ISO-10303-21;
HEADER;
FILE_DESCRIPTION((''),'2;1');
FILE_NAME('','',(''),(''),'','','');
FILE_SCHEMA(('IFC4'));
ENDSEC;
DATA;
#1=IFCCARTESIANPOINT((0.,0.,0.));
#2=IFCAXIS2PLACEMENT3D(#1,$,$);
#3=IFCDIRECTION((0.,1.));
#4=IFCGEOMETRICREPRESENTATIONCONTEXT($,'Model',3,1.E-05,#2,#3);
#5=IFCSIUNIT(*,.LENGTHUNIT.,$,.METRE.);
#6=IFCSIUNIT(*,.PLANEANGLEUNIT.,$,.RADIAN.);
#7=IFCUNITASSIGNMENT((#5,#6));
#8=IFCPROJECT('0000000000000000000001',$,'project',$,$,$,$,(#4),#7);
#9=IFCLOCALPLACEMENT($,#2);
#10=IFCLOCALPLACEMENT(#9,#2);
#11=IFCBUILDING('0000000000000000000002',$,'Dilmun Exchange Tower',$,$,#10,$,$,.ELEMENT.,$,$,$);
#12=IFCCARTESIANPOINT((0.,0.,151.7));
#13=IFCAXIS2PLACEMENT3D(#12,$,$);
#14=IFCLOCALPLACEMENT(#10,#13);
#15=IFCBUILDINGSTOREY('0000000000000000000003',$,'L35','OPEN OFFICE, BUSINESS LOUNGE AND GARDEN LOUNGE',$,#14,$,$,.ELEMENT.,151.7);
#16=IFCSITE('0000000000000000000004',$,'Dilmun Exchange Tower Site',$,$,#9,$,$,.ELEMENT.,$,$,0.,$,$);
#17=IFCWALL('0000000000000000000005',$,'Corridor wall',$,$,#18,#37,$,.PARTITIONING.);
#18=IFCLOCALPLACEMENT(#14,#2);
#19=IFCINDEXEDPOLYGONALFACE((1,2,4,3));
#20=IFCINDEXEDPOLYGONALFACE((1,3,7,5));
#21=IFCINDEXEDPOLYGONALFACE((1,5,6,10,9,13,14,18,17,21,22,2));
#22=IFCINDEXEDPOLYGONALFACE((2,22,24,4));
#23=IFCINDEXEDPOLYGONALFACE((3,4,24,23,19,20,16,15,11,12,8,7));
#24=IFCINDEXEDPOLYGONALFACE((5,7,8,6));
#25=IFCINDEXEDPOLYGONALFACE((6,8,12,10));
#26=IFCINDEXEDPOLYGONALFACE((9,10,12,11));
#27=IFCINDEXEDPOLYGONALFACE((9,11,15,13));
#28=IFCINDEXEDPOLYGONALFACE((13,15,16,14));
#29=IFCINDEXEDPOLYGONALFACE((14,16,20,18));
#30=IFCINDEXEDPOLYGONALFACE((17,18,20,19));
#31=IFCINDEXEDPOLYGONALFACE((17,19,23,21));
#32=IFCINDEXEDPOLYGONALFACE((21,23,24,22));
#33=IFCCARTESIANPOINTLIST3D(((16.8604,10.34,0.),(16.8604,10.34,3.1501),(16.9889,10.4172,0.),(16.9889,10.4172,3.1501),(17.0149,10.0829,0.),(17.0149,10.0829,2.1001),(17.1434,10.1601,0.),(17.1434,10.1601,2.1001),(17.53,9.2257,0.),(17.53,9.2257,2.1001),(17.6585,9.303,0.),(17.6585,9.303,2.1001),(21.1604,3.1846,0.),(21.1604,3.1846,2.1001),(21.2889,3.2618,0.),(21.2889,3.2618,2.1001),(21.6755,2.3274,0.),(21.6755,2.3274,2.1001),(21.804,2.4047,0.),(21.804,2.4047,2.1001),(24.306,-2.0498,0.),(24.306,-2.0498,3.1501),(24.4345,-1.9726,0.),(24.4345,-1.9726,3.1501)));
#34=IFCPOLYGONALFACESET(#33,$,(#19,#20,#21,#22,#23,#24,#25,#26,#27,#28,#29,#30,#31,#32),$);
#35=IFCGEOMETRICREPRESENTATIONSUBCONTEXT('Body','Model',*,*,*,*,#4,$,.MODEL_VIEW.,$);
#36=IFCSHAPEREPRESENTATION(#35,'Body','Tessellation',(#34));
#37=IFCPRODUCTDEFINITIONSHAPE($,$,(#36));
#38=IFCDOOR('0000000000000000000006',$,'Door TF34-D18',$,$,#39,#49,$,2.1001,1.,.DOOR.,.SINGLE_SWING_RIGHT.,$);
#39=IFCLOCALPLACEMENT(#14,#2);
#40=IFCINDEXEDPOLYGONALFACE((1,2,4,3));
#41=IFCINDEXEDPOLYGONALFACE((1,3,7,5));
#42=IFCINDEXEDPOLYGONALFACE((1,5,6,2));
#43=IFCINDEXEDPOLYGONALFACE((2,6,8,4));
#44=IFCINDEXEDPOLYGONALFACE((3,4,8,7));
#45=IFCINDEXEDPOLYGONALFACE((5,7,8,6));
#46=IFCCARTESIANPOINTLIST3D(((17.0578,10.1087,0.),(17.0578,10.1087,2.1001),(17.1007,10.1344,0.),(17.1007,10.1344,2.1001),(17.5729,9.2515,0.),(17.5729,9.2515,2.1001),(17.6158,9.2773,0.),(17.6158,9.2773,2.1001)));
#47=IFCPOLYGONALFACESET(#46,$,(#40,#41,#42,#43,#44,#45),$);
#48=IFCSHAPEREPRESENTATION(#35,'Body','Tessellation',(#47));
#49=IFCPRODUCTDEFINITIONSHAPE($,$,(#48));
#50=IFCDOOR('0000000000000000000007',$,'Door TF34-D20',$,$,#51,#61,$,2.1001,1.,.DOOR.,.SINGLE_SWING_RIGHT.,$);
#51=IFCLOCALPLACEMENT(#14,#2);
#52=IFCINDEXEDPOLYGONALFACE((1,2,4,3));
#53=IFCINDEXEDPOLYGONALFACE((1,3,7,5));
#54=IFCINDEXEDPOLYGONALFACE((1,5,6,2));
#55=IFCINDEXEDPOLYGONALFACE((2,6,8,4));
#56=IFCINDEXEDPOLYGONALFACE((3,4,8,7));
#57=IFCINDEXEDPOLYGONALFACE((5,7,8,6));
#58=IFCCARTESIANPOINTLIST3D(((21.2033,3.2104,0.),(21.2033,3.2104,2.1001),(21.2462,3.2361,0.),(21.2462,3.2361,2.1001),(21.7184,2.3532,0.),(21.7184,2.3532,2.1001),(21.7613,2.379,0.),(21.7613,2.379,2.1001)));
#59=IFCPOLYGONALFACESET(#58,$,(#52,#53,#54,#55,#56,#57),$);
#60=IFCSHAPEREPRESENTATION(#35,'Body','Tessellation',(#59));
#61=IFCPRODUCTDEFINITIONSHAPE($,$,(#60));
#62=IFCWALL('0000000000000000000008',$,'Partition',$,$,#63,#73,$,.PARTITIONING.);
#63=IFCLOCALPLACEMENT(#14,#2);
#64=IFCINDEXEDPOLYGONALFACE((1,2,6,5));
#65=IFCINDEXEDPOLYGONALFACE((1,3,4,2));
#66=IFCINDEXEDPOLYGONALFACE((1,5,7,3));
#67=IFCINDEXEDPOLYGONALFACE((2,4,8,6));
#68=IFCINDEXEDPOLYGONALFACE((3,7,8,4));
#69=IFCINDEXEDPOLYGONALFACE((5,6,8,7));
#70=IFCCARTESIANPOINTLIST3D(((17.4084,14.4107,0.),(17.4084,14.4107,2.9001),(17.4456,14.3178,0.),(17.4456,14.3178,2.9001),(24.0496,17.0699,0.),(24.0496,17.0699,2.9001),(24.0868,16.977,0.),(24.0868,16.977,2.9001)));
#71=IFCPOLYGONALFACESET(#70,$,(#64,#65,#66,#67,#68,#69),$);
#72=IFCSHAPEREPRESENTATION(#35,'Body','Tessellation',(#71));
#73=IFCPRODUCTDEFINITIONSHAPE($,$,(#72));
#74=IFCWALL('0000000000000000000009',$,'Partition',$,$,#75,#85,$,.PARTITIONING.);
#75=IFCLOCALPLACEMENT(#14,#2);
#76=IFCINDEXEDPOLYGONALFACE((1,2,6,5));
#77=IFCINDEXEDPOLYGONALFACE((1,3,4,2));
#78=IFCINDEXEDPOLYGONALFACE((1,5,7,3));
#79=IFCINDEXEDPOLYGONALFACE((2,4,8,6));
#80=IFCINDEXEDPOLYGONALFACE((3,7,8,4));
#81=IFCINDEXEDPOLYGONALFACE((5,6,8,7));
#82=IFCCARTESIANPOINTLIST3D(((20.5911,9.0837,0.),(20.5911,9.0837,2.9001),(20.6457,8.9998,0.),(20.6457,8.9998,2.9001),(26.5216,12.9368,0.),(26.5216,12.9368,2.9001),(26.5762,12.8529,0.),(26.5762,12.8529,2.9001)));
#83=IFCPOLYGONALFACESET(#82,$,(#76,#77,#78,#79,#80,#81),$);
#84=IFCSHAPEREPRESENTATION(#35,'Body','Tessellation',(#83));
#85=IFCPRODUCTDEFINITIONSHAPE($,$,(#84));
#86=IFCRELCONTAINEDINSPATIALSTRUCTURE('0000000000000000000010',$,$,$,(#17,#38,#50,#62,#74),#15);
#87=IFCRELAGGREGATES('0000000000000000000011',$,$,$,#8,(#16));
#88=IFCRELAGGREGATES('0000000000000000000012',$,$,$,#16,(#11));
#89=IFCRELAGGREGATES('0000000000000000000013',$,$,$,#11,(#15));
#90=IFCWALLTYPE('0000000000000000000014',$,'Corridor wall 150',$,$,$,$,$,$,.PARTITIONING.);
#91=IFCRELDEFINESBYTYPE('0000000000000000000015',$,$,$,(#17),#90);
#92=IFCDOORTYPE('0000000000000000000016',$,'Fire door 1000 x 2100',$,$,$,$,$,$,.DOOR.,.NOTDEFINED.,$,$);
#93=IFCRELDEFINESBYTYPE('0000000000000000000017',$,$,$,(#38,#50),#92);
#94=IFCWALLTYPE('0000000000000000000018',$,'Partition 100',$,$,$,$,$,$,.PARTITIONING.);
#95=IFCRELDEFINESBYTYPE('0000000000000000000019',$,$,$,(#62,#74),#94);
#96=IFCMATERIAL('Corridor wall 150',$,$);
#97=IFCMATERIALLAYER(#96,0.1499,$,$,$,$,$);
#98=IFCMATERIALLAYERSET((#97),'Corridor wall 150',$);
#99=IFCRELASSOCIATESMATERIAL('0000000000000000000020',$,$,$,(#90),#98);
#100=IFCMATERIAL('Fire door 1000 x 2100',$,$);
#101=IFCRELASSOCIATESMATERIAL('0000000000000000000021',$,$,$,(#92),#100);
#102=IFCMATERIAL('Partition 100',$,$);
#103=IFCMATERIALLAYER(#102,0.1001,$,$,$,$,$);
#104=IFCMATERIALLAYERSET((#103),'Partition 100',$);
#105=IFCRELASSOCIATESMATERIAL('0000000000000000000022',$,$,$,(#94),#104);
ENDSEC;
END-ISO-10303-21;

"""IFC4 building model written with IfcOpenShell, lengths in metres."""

from ifc_helpers import new_model, si_unit, direction, frame, frame_2d, origin, place, context, subcontext, project, spatial, rectangle, extrude, material, layer, layer_set, type_object, element, fill, save


model = new_model("IFC4")

# Units and contexts
model_context = context("Model", 3, precision=1e-05, world=origin(), true_north=direction((0.0, 1.0)))
body_context = subcontext(model_context, "Body", "Model", "MODEL_VIEW")
ifc_project = project(units=[si_unit("LENGTHUNIT", "METRE"), si_unit("PLANEANGLEUNIT", "RADIAN")], contexts=[model_context])

# Site, building, storey
site_placement = place(None, origin())
site = spatial("IfcSite", under=ifc_project, at=site_placement, Name="Dilmun Exchange Tower Site", CompositionType="ELEMENT", RefElevation=0.0)
building_placement = place(site_placement, origin())
building = spatial("IfcBuilding", under=site, at=building_placement, Name="Dilmun Exchange Tower", CompositionType="ELEMENT")
storey_placement = place(building_placement, frame((0.0, 0.0, 151.7)))
storey = spatial("IfcBuildingStorey", under=building, at=storey_placement, Name="L35", Description="OPEN OFFICE, BUSINESS LOUNGE AND GARDEN LOUNGE", CompositionType="ELEMENT", Elevation=151.7)

# Shared definitions
ifc_material_1 = material(Name="Corridor wall 150")
ifc_layer_1 = layer(ifc_material_1, 0.1499)
ifc_layer_set_1 = layer_set([ifc_layer_1], Name="Corridor wall 150")
wall_type_1 = type_object("IfcWallType", Name="Corridor wall 150", PredefinedType="PARTITIONING", material=ifc_layer_set_1)

# Wall, openings, doors
wall_1_placement = place(storey_placement, frame((16.9246, 10.3787, 0.0), z_axis=(0.0, 0.0, 1.0), x_axis=(0.515094, -0.857134, 0.0)))
wall_1 = element("IfcWall", 1, at=wall_1_placement, inside=storey, type_object=wall_type_1, Name="Corridor wall", PredefinedType="PARTITIONING", context=body_context, shape_type="SweptSolid", body=[
    extrude(rectangle(XDim=14.4548, YDim=0.1499, at=frame_2d((7.2275, 0.0))), origin(), (0.0, 0.0, 1.0), 3.1501),
])
opening_1_placement = place(wall_1_placement, frame((0.3, 0.0, 0.0)))
opening_1 = element("IfcOpeningElement", 2, at=opening_1_placement, cuts=wall_1, PredefinedType="OPENING", context=body_context, shape_type="SweptSolid", body=[
    extrude(rectangle(XDim=1.0, YDim=2.1001, at=frame_2d((0.5, 1.05))), frame((0.0, 0.085, 0.0), z_axis=(0.0, -1.0, 0.0), x_axis=(1.0, 0.0, 0.0)), (0.0, 0.0, 1.0), 0.1699),
])
opening_2_placement = place(wall_1_placement, frame((8.3481, 0.0, 0.0)))
opening_2 = element("IfcOpeningElement", 3, at=opening_2_placement, cuts=wall_1, PredefinedType="OPENING", context=body_context, shape_type="SweptSolid", body=[
    extrude(rectangle(XDim=1.0, YDim=2.1001, at=frame_2d((0.5, 1.05))), frame((0.0, 0.085, 0.0), z_axis=(0.0, -1.0, 0.0), x_axis=(1.0, 0.0, 0.0)), (0.0, 0.0, 1.0), 0.1699),
])
ifc_material_2 = material(Name="Fire door 1000 x 2100")
door_type = type_object("IfcDoorType", Name="Fire door 1000 x 2100", OperationType="NOTDEFINED", PredefinedType="DOOR", material=ifc_material_2)
door_1_placement = place(opening_1_placement, frame((1.0, 0.0, 0.0), z_axis=(0.0, 0.0, 1.0), x_axis=(-1.0, 0.0, 0.0)))
door_1 = element("IfcDoor", 4, at=door_1_placement, inside=storey, type_object=door_type, Name="Door TF34-D18", OperationType="SINGLE_SWING_RIGHT", OverallHeight=2.1001, OverallWidth=1.0, PredefinedType="DOOR", context=body_context, shape_type="SweptSolid", body=[
    extrude(rectangle(XDim=1.0, YDim=2.1001, at=frame_2d((0.5, 1.05))), frame((0.0, 0.0249, 0.0), z_axis=(0.0, -1.0, 0.0), x_axis=(1.0, 0.0, 0.0)), (0.0, 0.0, 1.0), 0.05),
])
fill(opening_1, door_1)
door_2_placement = place(opening_2_placement, frame((1.0, 0.0, 0.0), z_axis=(0.0, 0.0, 1.0), x_axis=(-1.0, 0.0, 0.0)))
door_2 = element("IfcDoor", 5, at=door_2_placement, inside=storey, type_object=door_type, Name="Door TF34-D20", OperationType="SINGLE_SWING_RIGHT", OverallHeight=2.1001, OverallWidth=1.0, PredefinedType="DOOR", context=body_context, shape_type="SweptSolid", body=[
    extrude(rectangle(XDim=1.0, YDim=2.1001, at=frame_2d((0.5, 1.05))), frame((0.0, 0.0249, 0.0), z_axis=(0.0, -1.0, 0.0), x_axis=(1.0, 0.0, 0.0)), (0.0, 0.0, 1.0), 0.05),
])
fill(opening_2, door_2)

# Walls
ifc_material_3 = material(Name="Partition 100")
ifc_layer_2 = layer(ifc_material_3, 0.1001)
ifc_layer_set_2 = layer_set([ifc_layer_2], Name="Partition 100")
wall_type_2 = type_object("IfcWallType", Name="Partition 100", PredefinedType="PARTITIONING", material=ifc_layer_set_2)
wall_2_placement = place(storey_placement, frame((17.427, 14.3643, 0.0), z_axis=(0.0, 0.0, 1.0), x_axis=(0.928345, 0.37172, 0.0)))
element("IfcWall", 6, at=wall_2_placement, inside=storey, type_object=wall_type_2, Name="Partition", PredefinedType="PARTITIONING", context=body_context, shape_type="SweptSolid", body=[
    extrude(rectangle(XDim=7.1538, YDim=0.1001, at=frame_2d((3.5769, 0.0))), origin(), (0.0, 0.0, 1.0), 2.9001),
])
wall_3_placement = place(storey_placement, frame((20.6184, 9.0417, 0.0), z_axis=(0.0, 0.0, 1.0), x_axis=(0.838556, 0.544815, 0.0)))
element("IfcWall", 7, at=wall_3_placement, inside=storey, type_object=wall_type_2, Name="Partition", PredefinedType="PARTITIONING", context=body_context, shape_type="SweptSolid", body=[
    extrude(rectangle(XDim=7.0723, YDim=0.1001, at=frame_2d((3.5361, 0.0))), origin(), (0.0, 0.0, 1.0), 2.9001),
])

save(model, "model.ifc")
